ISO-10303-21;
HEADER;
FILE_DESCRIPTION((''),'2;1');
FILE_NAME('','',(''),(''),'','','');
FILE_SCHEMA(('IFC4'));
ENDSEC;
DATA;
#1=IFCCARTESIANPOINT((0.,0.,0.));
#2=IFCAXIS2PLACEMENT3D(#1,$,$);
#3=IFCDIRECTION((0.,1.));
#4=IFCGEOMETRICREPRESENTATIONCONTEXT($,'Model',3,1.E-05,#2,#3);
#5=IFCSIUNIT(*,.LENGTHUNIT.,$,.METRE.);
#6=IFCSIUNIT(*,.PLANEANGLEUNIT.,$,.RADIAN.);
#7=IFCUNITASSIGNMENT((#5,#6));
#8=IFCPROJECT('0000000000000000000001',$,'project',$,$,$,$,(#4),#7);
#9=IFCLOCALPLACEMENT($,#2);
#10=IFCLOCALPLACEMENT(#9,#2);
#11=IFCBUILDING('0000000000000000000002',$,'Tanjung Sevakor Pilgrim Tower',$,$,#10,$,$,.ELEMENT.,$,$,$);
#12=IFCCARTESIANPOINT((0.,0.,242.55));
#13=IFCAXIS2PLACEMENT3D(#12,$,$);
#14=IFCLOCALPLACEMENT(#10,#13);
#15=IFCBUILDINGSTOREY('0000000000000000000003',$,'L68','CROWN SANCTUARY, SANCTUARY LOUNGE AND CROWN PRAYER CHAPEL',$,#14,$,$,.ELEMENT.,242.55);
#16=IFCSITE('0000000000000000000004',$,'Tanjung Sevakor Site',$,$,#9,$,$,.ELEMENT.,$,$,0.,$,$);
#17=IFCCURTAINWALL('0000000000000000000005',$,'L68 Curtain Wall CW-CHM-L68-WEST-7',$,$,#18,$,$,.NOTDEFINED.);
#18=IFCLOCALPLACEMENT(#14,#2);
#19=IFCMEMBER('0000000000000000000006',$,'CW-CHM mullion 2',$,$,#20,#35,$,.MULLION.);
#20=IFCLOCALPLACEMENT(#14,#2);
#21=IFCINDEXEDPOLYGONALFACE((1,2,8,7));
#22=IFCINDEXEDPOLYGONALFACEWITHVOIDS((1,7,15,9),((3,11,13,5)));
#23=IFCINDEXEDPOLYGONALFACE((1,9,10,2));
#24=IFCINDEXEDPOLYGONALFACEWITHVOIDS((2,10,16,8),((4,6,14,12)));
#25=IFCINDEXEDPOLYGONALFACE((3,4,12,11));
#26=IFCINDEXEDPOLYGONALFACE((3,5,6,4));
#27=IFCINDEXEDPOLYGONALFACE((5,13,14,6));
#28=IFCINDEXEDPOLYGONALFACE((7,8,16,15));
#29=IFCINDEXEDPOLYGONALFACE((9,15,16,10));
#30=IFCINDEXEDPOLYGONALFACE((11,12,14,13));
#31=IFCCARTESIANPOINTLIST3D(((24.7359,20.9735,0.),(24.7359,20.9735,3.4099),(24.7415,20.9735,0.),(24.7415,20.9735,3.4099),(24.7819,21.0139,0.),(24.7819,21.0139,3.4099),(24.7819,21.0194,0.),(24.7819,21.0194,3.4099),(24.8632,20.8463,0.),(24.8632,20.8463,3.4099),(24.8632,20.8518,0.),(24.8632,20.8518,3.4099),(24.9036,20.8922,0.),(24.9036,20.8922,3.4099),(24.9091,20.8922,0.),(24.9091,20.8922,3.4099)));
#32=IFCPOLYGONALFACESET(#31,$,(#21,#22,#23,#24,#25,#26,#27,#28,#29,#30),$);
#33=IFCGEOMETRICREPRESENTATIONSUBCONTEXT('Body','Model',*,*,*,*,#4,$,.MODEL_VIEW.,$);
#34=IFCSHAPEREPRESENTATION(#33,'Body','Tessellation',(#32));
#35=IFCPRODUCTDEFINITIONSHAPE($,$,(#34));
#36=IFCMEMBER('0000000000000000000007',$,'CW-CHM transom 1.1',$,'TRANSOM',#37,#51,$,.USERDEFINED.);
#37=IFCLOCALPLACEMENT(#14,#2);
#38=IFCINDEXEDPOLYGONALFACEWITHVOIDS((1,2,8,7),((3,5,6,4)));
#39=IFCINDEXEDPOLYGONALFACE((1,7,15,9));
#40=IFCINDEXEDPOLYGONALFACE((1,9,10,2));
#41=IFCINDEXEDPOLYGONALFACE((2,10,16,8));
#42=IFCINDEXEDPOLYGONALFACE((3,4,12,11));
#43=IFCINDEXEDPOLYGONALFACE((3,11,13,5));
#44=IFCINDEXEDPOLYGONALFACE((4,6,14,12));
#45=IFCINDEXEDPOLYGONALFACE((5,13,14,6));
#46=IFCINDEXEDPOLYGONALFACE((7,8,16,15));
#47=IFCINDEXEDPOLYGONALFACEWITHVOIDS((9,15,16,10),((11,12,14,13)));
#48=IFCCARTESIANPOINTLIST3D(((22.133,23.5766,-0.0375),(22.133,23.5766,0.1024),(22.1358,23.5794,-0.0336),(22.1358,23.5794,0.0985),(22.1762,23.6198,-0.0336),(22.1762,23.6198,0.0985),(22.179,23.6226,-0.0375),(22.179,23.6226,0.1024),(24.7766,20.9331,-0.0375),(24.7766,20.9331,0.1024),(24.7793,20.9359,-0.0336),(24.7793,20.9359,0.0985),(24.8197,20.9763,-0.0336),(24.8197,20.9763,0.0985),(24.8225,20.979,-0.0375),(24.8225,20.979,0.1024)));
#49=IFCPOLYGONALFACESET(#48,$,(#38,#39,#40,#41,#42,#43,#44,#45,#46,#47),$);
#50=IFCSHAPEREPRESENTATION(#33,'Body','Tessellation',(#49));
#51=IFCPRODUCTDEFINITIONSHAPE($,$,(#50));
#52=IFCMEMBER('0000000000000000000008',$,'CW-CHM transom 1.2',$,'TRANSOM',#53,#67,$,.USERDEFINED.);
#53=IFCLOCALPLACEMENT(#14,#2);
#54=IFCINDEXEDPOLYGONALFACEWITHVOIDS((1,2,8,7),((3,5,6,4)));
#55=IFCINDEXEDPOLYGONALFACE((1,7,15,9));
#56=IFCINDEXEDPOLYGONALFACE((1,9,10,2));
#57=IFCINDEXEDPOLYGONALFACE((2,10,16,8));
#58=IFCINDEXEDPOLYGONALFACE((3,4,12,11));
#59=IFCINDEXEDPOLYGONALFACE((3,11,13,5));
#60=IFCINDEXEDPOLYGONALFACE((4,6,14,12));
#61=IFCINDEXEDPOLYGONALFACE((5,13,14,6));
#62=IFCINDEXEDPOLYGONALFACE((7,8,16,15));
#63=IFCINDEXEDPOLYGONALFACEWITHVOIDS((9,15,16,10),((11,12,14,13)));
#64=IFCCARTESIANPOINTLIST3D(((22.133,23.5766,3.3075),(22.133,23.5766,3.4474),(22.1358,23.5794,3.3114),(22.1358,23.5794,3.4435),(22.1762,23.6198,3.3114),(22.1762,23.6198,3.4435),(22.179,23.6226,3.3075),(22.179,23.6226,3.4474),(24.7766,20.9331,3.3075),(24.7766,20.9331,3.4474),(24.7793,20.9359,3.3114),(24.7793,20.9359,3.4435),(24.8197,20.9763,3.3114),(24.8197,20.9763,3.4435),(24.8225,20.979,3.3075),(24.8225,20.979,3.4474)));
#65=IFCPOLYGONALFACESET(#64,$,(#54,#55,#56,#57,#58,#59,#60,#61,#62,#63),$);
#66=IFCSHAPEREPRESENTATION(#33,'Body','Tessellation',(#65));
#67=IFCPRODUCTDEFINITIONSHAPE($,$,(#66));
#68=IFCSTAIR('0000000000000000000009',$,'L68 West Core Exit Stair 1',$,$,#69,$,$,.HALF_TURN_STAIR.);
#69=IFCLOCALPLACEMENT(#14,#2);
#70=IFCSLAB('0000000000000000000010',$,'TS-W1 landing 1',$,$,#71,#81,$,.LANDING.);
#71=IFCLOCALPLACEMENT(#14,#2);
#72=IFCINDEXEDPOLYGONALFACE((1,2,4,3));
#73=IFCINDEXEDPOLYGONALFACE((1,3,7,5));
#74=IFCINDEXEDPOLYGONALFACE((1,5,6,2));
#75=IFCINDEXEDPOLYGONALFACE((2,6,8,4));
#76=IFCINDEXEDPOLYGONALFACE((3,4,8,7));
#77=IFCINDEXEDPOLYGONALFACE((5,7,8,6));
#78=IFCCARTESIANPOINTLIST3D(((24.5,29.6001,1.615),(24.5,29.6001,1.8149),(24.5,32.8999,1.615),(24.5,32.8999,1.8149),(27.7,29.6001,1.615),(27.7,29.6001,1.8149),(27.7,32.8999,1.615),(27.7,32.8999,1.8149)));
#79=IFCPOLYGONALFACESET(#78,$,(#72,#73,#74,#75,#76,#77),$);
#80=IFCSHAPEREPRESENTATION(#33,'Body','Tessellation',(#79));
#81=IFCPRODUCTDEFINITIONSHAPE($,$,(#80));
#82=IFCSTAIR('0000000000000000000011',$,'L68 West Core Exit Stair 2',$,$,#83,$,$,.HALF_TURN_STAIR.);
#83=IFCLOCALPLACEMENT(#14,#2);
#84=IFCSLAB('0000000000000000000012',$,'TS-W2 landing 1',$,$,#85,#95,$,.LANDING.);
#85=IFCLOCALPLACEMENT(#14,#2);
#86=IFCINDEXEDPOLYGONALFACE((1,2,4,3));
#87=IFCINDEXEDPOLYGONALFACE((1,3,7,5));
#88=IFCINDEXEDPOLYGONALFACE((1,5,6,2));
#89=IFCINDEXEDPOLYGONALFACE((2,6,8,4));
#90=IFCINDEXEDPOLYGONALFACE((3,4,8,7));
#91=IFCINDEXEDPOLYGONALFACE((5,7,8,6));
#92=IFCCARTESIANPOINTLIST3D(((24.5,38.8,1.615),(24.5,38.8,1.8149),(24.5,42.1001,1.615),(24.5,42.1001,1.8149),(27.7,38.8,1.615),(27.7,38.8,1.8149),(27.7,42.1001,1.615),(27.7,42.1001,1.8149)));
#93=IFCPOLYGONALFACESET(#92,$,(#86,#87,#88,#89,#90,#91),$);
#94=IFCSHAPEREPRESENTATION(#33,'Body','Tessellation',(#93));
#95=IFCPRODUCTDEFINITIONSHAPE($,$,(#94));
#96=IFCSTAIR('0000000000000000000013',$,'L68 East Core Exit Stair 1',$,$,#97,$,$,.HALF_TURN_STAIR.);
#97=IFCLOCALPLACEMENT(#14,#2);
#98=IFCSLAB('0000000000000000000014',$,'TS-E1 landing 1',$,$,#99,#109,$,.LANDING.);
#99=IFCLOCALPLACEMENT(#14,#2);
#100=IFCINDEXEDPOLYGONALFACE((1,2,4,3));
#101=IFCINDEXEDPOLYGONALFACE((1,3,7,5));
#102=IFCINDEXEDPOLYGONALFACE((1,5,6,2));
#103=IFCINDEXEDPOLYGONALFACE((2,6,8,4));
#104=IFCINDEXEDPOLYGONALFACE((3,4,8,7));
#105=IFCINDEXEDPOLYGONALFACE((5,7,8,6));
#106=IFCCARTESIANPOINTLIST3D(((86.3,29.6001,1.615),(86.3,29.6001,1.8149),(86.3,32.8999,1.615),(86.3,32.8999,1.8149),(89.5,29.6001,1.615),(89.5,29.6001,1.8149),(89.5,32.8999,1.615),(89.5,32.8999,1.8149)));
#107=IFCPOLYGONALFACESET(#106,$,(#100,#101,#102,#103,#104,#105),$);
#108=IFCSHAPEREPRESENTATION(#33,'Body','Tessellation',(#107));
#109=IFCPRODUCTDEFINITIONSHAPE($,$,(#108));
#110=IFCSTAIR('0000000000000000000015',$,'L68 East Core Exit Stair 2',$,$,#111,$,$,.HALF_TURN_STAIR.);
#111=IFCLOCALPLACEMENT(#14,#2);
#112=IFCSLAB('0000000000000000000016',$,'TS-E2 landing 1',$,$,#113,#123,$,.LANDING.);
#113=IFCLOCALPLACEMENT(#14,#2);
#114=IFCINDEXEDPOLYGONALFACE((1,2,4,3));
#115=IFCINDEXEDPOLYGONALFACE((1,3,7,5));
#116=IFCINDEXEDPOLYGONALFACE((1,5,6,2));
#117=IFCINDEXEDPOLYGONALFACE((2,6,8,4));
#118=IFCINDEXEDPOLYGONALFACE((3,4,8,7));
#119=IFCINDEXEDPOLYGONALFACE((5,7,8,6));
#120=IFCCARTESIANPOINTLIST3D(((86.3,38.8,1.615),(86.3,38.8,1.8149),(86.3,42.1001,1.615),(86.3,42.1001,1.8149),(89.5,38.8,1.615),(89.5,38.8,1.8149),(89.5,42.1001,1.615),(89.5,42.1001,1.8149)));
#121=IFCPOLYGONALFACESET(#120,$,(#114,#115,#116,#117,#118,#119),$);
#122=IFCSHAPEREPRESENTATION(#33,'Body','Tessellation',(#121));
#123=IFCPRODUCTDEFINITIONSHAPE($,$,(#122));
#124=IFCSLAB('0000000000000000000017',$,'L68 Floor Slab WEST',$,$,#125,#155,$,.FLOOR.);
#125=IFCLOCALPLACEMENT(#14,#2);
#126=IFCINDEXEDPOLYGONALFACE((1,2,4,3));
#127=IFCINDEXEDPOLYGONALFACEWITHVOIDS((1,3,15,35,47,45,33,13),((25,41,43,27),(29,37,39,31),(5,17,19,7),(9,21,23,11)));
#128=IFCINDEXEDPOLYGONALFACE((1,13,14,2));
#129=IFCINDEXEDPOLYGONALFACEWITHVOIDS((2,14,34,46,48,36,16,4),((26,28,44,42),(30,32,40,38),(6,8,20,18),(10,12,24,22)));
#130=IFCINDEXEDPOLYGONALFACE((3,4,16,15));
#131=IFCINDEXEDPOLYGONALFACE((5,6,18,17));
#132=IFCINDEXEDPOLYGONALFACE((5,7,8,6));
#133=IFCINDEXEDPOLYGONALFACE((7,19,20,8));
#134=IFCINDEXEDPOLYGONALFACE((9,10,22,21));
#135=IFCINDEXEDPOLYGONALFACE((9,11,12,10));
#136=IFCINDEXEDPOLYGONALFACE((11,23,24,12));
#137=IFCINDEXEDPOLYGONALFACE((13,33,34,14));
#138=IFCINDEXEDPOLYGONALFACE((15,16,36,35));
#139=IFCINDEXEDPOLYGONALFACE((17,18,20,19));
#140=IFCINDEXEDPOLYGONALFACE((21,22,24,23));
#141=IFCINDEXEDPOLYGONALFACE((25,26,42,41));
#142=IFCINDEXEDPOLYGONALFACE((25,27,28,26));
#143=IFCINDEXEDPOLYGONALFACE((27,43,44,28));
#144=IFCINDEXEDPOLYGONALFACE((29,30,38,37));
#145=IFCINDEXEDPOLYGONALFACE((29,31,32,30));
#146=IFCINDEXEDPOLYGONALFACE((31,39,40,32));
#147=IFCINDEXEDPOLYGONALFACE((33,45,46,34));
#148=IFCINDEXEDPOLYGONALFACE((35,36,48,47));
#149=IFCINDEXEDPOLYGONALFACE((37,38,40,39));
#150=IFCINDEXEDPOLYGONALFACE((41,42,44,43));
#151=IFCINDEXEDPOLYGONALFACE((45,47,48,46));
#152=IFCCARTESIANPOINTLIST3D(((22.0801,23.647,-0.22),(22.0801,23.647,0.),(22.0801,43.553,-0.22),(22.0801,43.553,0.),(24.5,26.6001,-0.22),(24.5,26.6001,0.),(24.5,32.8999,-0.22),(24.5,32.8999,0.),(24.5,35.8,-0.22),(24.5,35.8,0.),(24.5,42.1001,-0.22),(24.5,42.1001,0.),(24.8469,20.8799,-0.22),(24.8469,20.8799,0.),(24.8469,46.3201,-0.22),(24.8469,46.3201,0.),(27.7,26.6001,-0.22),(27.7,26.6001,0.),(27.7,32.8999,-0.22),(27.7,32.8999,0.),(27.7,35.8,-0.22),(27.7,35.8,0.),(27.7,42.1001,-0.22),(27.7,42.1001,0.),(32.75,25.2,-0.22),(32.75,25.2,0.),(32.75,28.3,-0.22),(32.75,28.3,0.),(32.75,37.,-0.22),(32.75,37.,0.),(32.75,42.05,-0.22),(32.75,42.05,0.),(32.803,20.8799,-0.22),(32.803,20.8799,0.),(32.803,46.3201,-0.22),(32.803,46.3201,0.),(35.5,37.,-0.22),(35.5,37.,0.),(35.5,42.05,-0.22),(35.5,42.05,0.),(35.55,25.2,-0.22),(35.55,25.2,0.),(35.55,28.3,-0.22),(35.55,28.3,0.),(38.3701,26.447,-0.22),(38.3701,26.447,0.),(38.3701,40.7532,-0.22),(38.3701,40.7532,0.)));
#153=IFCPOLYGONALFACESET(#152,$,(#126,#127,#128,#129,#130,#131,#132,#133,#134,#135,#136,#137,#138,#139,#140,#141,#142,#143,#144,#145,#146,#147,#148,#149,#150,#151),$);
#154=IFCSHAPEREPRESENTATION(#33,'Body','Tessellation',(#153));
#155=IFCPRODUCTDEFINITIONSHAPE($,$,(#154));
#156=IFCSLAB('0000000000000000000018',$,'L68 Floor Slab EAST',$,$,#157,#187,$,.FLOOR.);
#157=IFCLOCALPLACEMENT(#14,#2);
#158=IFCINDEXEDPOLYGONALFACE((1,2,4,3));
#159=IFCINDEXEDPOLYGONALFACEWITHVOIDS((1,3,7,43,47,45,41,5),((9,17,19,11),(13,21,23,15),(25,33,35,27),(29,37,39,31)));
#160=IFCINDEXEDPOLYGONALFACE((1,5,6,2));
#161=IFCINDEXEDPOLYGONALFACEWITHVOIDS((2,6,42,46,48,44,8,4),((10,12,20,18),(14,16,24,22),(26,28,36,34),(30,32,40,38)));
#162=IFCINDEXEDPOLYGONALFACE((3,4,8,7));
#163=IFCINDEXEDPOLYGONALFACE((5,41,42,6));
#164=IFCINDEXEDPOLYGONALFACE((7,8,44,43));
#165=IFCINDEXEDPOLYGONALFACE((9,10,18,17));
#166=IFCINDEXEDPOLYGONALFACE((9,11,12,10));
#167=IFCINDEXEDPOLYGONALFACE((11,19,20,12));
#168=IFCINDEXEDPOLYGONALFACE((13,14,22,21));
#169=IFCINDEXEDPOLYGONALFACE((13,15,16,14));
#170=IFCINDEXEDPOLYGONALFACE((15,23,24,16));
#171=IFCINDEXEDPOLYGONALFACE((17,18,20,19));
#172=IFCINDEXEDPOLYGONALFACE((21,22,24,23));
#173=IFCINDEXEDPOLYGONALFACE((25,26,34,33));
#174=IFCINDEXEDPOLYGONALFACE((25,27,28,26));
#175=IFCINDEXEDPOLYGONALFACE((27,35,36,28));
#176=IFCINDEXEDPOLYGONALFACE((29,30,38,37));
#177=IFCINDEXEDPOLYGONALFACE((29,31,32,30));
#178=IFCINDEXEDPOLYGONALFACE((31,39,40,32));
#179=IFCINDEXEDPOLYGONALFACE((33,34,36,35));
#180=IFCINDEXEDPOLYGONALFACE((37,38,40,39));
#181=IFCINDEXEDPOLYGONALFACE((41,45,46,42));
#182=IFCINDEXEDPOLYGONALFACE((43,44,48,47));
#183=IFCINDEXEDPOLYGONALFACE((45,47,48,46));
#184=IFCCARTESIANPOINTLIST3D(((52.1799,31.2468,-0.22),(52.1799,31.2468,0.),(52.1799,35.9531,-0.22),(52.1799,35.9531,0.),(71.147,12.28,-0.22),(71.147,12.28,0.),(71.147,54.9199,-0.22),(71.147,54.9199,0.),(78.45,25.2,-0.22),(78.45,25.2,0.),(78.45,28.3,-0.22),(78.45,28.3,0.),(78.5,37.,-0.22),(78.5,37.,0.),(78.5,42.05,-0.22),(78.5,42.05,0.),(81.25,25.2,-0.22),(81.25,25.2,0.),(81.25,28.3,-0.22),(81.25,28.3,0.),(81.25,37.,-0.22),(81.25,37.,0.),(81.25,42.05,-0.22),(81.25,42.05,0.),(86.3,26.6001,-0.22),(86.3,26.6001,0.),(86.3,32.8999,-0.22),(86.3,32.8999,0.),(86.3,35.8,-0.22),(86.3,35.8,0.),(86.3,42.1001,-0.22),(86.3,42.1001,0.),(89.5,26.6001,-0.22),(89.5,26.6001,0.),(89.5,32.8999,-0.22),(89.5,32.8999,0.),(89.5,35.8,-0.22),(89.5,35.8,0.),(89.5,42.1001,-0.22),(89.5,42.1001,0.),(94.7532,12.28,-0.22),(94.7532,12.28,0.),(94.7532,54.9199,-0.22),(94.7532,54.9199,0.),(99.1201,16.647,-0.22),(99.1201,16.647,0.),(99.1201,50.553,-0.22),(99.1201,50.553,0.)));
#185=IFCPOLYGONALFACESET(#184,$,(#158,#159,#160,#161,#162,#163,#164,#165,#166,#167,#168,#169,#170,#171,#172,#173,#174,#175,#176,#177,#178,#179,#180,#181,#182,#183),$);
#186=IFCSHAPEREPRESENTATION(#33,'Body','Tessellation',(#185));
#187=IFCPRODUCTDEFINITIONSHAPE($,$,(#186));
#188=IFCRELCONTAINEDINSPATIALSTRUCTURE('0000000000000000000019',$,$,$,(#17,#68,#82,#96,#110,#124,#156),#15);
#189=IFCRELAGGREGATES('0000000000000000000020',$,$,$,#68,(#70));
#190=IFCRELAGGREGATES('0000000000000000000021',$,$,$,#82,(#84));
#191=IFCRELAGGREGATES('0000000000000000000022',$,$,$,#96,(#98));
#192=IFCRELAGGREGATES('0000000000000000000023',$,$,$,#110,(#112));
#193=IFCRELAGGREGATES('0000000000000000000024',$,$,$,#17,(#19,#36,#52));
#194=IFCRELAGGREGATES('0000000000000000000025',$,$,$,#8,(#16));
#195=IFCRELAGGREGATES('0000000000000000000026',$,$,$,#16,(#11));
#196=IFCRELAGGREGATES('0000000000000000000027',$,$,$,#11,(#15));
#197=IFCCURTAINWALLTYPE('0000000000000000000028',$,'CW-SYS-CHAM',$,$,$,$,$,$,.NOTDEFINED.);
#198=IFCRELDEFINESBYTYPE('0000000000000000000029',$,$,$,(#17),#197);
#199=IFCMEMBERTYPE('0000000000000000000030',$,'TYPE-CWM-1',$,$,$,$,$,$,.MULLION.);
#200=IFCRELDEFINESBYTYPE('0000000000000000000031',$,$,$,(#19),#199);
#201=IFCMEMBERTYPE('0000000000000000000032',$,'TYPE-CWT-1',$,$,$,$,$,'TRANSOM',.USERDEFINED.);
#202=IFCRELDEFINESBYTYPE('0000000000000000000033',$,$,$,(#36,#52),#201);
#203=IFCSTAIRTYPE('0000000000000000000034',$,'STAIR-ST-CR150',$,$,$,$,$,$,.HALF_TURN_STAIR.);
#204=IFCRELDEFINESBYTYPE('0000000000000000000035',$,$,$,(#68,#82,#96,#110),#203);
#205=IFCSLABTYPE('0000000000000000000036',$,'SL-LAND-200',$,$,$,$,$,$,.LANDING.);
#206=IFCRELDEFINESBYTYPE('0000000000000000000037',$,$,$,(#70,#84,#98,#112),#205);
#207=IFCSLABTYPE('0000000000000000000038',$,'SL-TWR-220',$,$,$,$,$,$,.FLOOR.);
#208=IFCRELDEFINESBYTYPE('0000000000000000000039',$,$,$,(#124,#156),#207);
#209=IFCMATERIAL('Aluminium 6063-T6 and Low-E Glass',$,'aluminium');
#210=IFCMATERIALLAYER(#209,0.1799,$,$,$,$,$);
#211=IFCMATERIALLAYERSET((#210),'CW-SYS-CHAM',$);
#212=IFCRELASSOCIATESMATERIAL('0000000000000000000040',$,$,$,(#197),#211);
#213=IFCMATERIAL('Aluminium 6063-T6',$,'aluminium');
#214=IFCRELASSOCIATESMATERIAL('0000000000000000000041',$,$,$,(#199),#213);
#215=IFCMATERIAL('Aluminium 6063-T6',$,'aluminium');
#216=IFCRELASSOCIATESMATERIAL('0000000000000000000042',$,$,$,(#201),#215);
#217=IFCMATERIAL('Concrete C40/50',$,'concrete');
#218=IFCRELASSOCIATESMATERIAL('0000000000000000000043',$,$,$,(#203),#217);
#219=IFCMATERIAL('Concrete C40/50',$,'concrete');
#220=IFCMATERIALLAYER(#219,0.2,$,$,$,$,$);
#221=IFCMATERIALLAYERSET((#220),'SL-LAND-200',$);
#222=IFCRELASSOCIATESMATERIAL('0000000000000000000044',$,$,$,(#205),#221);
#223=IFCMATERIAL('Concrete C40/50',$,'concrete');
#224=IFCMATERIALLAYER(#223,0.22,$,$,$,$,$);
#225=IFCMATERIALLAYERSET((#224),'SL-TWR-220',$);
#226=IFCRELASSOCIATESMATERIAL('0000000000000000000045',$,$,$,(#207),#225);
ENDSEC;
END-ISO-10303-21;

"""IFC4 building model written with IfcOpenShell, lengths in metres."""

from ifc_helpers import new_model, si_unit, direction, frame, origin, origin_2d, place, context, subcontext, project, spatial, polyline, hollow_rectangle, outline, extrude, material, layer, layer_set, material_profile, profile_set, type_object, element, aggregate, save


model = new_model("IFC4")

# Units and contexts
model_context = context("Model", 3, precision=1e-05, world=origin(), true_north=direction((0.0, 1.0)))
body_context = subcontext(model_context, "Body", "Model", "MODEL_VIEW")
ifc_project = project(units=[si_unit("LENGTHUNIT", "METRE"), si_unit("PLANEANGLEUNIT", "RADIAN")], contexts=[model_context])

# Site, building, storey
site_placement = place(None, origin())
site = spatial("IfcSite", under=ifc_project, at=site_placement, Name="Tanjung Sevakor Site", CompositionType="ELEMENT", RefElevation=0.0)
building_placement = place(site_placement, origin())
building = spatial("IfcBuilding", under=site, at=building_placement, Name="Tanjung Sevakor Pilgrim Tower", CompositionType="ELEMENT")
storey_placement = place(building_placement, frame((0.0, 0.0, 242.55)))
storey = spatial("IfcBuildingStorey", under=building, at=storey_placement, Name="L68", Description="CROWN SANCTUARY, SANCTUARY LOUNGE AND CROWN PRAYER CHAPEL", CompositionType="ELEMENT", Elevation=242.55)

# Curtain wall, members
ifc_material_1 = material(Name="Aluminium 6063-T6 and Low-E Glass", Category="aluminium")
ifc_layer_1 = layer(ifc_material_1, 0.1799)
ifc_layer_set_1 = layer_set([ifc_layer_1], Name="CW-SYS-CHAM")
curtain_wall_type = type_object("IfcCurtainWallType", Name="CW-SYS-CHAM", PredefinedType="NOTDEFINED", material=ifc_layer_set_1)
curtain_wall_placement = place(storey_placement, origin())
curtain_wall = element("IfcCurtainWall", 1, at=curtain_wall_placement, inside=storey, type_object=curtain_wall_type, Name="L68 Curtain Wall CW-CHM-L68-WEST-7", PredefinedType="NOTDEFINED")
ifc_material_2 = material(Name="Aluminium 6063-T6", Category="aluminium")
ifc_material_profile_1 = material_profile(ifc_material_2, hollow_rectangle(XDim=0.0649, YDim=0.1799, WallThickness=0.0039, at=origin_2d()))
ifc_profile_set_1 = profile_set([ifc_material_profile_1], Name="Aluminium 6063-T6")
member_type_1 = type_object("IfcMemberType", Name="TYPE-CWM-1", PredefinedType="MULLION", material=ifc_profile_set_1)
member_1_placement = place(storey_placement, frame((24.8225, 20.9329, 0.0), z_axis=(0.0, 0.0, 1.0), x_axis=(0.707107, 0.707107, 0.0)))
member_1 = element("IfcMember", 2, at=member_1_placement, type_object=member_type_1, Name="CW-CHM mullion 2", PredefinedType="MULLION", context=body_context, shape_type="SweptSolid", body=[
    extrude(hollow_rectangle(XDim=0.0649, YDim=0.1799, WallThickness=0.0039, at=origin_2d()), origin(), (0.0, 0.0, 1.0), 3.4099),
])
ifc_material_3 = material(Name="Aluminium 6063-T6", Category="aluminium")
ifc_material_profile_2 = material_profile(ifc_material_3, hollow_rectangle(XDim=0.0649, YDim=0.1399, WallThickness=0.0039, at=origin_2d()))
ifc_profile_set_2 = profile_set([ifc_material_profile_2], Name="Aluminium 6063-T6")
member_type_2 = type_object("IfcMemberType", Name="TYPE-CWT-1", ElementType="TRANSOM", PredefinedType="USERDEFINED", material=ifc_profile_set_2)
member_2_placement = place(storey_placement, frame((22.156, 23.5996, 0.0325), z_axis=(0.707107, -0.707107, 0.0), x_axis=(0.707107, 0.707107, 0.0)))
member_2 = element("IfcMember", 3, at=member_2_placement, type_object=member_type_2, Name="CW-CHM transom 1.1", ObjectType="TRANSOM", PredefinedType="USERDEFINED", context=body_context, shape_type="SweptSolid", body=[
    extrude(hollow_rectangle(XDim=0.0649, YDim=0.1399, WallThickness=0.0039, at=origin_2d()), origin(), (0.0, 0.0, 1.0), 3.7385),
])
member_3_placement = place(storey_placement, frame((22.156, 23.5996, 3.3774), z_axis=(0.707107, -0.707107, 0.0), x_axis=(0.707107, 0.707107, 0.0)))
member_3 = element("IfcMember", 4, at=member_3_placement, type_object=member_type_2, Name="CW-CHM transom 1.2", ObjectType="TRANSOM", PredefinedType="USERDEFINED", context=body_context, shape_type="SweptSolid", body=[
    extrude(hollow_rectangle(XDim=0.0649, YDim=0.1399, WallThickness=0.0039, at=origin_2d()), origin(), (0.0, 0.0, 1.0), 3.7385),
])

# Stairs, slabs
ifc_material_4 = material(Name="Concrete C40/50", Category="concrete")
stair_type = type_object("IfcStairType", Name="STAIR-ST-CR150", PredefinedType="HALF_TURN_STAIR", material=ifc_material_4)
stair_1_placement = place(storey_placement, origin())
stair_1 = element("IfcStair", 5, at=stair_1_placement, inside=storey, type_object=stair_type, Name="L68 West Core Exit Stair 1", PredefinedType="HALF_TURN_STAIR")
ifc_material_5 = material(Name="Concrete C40/50", Category="concrete")
ifc_layer_2 = layer(ifc_material_5, 0.2)
ifc_layer_set_2 = layer_set([ifc_layer_2], Name="SL-LAND-200")
slab_type_1 = type_object("IfcSlabType", Name="SL-LAND-200", PredefinedType="LANDING", material=ifc_layer_set_2)
slab_1_placement = place(storey_placement, frame((0.0, 0.0, 1.615)))
slab_1 = element("IfcSlab", 6, at=slab_1_placement, type_object=slab_type_1, Name="TS-W1 landing 1", PredefinedType="LANDING", context=body_context, shape_type="SweptSolid", body=[
    extrude(outline(polyline([(27.7, 29.6001), (27.7, 32.8999), (24.5, 32.8999), (24.5, 29.6001), (27.7, 29.6001)])), origin(), (0.0, 0.0, 1.0), 0.2),
])
aggregate(stair_1, [slab_1])
stair_2_placement = place(storey_placement, origin())
stair_2 = element("IfcStair", 7, at=stair_2_placement, inside=storey, type_object=stair_type, Name="L68 West Core Exit Stair 2", PredefinedType="HALF_TURN_STAIR")
slab_2_placement = place(storey_placement, frame((0.0, 0.0, 1.615)))
slab_2 = element("IfcSlab", 8, at=slab_2_placement, type_object=slab_type_1, Name="TS-W2 landing 1", PredefinedType="LANDING", context=body_context, shape_type="SweptSolid", body=[
    extrude(outline(polyline([(27.7, 38.8), (27.7, 42.1001), (24.5, 42.1001), (24.5, 38.8), (27.7, 38.8)])), origin(), (0.0, 0.0, 1.0), 0.2),
])
aggregate(stair_2, [slab_2])
stair_3_placement = place(storey_placement, origin())
stair_3 = element("IfcStair", 9, at=stair_3_placement, inside=storey, type_object=stair_type, Name="L68 East Core Exit Stair 1", PredefinedType="HALF_TURN_STAIR")
slab_3_placement = place(storey_placement, frame((0.0, 0.0, 1.615)))
slab_3 = element("IfcSlab", 10, at=slab_3_placement, type_object=slab_type_1, Name="TS-E1 landing 1", PredefinedType="LANDING", context=body_context, shape_type="SweptSolid", body=[
    extrude(outline(polyline([(89.5, 29.6001), (89.5, 32.8999), (86.3, 32.8999), (86.3, 29.6001), (89.5, 29.6001)])), origin(), (0.0, 0.0, 1.0), 0.2),
])
aggregate(stair_3, [slab_3])
stair_4_placement = place(storey_placement, origin())
stair_4 = element("IfcStair", 11, at=stair_4_placement, inside=storey, type_object=stair_type, Name="L68 East Core Exit Stair 2", PredefinedType="HALF_TURN_STAIR")
slab_4_placement = place(storey_placement, frame((0.0, 0.0, 1.615)))
slab_4 = element("IfcSlab", 12, at=slab_4_placement, type_object=slab_type_1, Name="TS-E2 landing 1", PredefinedType="LANDING", context=body_context, shape_type="SweptSolid", body=[
    extrude(outline(polyline([(89.5, 38.8), (89.5, 42.1001), (86.3, 42.1001), (86.3, 38.8), (89.5, 38.8)])), origin(), (0.0, 0.0, 1.0), 0.2),
])
aggregate(stair_4, [slab_4])

# Slabs
ifc_material_6 = material(Name="Concrete C40/50", Category="concrete")
ifc_layer_3 = layer(ifc_material_6, 0.22)
ifc_layer_set_3 = layer_set([ifc_layer_3], Name="SL-TWR-220")
slab_type_2 = type_object("IfcSlabType", Name="SL-TWR-220", PredefinedType="FLOOR", material=ifc_layer_set_3)
slab_5_placement = place(storey_placement, frame((0.0, 0.0, -0.22)))
element("IfcSlab", 13, at=slab_5_placement, inside=storey, type_object=slab_type_2, Name="L68 Floor Slab WEST", PredefinedType="FLOOR", context=body_context, shape_type="SweptSolid", body=[
    extrude(outline(polyline([(24.8469, 20.8799), (32.803, 20.8799), (38.3701, 26.447), (38.3701, 40.7532), (32.803, 46.3201), (24.8469, 46.3201), (22.0801, 43.553), (22.0801, 23.647), (24.8469, 20.8799)]), holes=[polyline([(27.7, 26.6001), (27.7, 32.8999), (24.5, 32.8999), (24.5, 26.6001), (27.7, 26.6001)]), polyline([(27.7, 35.8), (27.7, 42.1001), (24.5, 42.1001), (24.5, 35.8), (27.7, 35.8)]), polyline([(32.75, 25.2), (35.55, 25.2), (35.55, 28.3), (32.75, 28.3), (32.75, 25.2)]), polyline([(32.75, 37.0), (35.5, 37.0), (35.5, 42.05), (32.75, 42.05), (32.75, 37.0)])]), origin(), (0.0, 0.0, 1.0), 0.22),
])
slab_6_placement = place(storey_placement, frame((0.0, 0.0, -0.22)))
element("IfcSlab", 14, at=slab_6_placement, inside=storey, type_object=slab_type_2, Name="L68 Floor Slab EAST", PredefinedType="FLOOR", context=body_context, shape_type="SweptSolid", body=[
    extrude(outline(polyline([(71.147, 12.28), (94.7532, 12.28), (99.1201, 16.647), (99.1201, 50.553), (94.7532, 54.9199), (71.147, 54.9199), (52.1799, 35.9531), (52.1799, 31.2468), (71.147, 12.28)]), holes=[polyline([(89.5, 26.6001), (89.5, 32.8999), (86.3, 32.8999), (86.3, 26.6001), (89.5, 26.6001)]), polyline([(89.5, 35.8), (89.5, 42.1001), (86.3, 42.1001), (86.3, 35.8), (89.5, 35.8)]), polyline([(78.45, 25.2), (81.25, 25.2), (81.25, 28.3), (78.45, 28.3), (78.45, 25.2)]), polyline([(78.5, 37.0), (81.25, 37.0), (81.25, 42.05), (78.5, 42.05), (78.5, 37.0)])]), origin(), (0.0, 0.0, 1.0), 0.22),
])

aggregate(curtain_wall, [member_1, member_2, member_3])

save(model, "model.ifc")
